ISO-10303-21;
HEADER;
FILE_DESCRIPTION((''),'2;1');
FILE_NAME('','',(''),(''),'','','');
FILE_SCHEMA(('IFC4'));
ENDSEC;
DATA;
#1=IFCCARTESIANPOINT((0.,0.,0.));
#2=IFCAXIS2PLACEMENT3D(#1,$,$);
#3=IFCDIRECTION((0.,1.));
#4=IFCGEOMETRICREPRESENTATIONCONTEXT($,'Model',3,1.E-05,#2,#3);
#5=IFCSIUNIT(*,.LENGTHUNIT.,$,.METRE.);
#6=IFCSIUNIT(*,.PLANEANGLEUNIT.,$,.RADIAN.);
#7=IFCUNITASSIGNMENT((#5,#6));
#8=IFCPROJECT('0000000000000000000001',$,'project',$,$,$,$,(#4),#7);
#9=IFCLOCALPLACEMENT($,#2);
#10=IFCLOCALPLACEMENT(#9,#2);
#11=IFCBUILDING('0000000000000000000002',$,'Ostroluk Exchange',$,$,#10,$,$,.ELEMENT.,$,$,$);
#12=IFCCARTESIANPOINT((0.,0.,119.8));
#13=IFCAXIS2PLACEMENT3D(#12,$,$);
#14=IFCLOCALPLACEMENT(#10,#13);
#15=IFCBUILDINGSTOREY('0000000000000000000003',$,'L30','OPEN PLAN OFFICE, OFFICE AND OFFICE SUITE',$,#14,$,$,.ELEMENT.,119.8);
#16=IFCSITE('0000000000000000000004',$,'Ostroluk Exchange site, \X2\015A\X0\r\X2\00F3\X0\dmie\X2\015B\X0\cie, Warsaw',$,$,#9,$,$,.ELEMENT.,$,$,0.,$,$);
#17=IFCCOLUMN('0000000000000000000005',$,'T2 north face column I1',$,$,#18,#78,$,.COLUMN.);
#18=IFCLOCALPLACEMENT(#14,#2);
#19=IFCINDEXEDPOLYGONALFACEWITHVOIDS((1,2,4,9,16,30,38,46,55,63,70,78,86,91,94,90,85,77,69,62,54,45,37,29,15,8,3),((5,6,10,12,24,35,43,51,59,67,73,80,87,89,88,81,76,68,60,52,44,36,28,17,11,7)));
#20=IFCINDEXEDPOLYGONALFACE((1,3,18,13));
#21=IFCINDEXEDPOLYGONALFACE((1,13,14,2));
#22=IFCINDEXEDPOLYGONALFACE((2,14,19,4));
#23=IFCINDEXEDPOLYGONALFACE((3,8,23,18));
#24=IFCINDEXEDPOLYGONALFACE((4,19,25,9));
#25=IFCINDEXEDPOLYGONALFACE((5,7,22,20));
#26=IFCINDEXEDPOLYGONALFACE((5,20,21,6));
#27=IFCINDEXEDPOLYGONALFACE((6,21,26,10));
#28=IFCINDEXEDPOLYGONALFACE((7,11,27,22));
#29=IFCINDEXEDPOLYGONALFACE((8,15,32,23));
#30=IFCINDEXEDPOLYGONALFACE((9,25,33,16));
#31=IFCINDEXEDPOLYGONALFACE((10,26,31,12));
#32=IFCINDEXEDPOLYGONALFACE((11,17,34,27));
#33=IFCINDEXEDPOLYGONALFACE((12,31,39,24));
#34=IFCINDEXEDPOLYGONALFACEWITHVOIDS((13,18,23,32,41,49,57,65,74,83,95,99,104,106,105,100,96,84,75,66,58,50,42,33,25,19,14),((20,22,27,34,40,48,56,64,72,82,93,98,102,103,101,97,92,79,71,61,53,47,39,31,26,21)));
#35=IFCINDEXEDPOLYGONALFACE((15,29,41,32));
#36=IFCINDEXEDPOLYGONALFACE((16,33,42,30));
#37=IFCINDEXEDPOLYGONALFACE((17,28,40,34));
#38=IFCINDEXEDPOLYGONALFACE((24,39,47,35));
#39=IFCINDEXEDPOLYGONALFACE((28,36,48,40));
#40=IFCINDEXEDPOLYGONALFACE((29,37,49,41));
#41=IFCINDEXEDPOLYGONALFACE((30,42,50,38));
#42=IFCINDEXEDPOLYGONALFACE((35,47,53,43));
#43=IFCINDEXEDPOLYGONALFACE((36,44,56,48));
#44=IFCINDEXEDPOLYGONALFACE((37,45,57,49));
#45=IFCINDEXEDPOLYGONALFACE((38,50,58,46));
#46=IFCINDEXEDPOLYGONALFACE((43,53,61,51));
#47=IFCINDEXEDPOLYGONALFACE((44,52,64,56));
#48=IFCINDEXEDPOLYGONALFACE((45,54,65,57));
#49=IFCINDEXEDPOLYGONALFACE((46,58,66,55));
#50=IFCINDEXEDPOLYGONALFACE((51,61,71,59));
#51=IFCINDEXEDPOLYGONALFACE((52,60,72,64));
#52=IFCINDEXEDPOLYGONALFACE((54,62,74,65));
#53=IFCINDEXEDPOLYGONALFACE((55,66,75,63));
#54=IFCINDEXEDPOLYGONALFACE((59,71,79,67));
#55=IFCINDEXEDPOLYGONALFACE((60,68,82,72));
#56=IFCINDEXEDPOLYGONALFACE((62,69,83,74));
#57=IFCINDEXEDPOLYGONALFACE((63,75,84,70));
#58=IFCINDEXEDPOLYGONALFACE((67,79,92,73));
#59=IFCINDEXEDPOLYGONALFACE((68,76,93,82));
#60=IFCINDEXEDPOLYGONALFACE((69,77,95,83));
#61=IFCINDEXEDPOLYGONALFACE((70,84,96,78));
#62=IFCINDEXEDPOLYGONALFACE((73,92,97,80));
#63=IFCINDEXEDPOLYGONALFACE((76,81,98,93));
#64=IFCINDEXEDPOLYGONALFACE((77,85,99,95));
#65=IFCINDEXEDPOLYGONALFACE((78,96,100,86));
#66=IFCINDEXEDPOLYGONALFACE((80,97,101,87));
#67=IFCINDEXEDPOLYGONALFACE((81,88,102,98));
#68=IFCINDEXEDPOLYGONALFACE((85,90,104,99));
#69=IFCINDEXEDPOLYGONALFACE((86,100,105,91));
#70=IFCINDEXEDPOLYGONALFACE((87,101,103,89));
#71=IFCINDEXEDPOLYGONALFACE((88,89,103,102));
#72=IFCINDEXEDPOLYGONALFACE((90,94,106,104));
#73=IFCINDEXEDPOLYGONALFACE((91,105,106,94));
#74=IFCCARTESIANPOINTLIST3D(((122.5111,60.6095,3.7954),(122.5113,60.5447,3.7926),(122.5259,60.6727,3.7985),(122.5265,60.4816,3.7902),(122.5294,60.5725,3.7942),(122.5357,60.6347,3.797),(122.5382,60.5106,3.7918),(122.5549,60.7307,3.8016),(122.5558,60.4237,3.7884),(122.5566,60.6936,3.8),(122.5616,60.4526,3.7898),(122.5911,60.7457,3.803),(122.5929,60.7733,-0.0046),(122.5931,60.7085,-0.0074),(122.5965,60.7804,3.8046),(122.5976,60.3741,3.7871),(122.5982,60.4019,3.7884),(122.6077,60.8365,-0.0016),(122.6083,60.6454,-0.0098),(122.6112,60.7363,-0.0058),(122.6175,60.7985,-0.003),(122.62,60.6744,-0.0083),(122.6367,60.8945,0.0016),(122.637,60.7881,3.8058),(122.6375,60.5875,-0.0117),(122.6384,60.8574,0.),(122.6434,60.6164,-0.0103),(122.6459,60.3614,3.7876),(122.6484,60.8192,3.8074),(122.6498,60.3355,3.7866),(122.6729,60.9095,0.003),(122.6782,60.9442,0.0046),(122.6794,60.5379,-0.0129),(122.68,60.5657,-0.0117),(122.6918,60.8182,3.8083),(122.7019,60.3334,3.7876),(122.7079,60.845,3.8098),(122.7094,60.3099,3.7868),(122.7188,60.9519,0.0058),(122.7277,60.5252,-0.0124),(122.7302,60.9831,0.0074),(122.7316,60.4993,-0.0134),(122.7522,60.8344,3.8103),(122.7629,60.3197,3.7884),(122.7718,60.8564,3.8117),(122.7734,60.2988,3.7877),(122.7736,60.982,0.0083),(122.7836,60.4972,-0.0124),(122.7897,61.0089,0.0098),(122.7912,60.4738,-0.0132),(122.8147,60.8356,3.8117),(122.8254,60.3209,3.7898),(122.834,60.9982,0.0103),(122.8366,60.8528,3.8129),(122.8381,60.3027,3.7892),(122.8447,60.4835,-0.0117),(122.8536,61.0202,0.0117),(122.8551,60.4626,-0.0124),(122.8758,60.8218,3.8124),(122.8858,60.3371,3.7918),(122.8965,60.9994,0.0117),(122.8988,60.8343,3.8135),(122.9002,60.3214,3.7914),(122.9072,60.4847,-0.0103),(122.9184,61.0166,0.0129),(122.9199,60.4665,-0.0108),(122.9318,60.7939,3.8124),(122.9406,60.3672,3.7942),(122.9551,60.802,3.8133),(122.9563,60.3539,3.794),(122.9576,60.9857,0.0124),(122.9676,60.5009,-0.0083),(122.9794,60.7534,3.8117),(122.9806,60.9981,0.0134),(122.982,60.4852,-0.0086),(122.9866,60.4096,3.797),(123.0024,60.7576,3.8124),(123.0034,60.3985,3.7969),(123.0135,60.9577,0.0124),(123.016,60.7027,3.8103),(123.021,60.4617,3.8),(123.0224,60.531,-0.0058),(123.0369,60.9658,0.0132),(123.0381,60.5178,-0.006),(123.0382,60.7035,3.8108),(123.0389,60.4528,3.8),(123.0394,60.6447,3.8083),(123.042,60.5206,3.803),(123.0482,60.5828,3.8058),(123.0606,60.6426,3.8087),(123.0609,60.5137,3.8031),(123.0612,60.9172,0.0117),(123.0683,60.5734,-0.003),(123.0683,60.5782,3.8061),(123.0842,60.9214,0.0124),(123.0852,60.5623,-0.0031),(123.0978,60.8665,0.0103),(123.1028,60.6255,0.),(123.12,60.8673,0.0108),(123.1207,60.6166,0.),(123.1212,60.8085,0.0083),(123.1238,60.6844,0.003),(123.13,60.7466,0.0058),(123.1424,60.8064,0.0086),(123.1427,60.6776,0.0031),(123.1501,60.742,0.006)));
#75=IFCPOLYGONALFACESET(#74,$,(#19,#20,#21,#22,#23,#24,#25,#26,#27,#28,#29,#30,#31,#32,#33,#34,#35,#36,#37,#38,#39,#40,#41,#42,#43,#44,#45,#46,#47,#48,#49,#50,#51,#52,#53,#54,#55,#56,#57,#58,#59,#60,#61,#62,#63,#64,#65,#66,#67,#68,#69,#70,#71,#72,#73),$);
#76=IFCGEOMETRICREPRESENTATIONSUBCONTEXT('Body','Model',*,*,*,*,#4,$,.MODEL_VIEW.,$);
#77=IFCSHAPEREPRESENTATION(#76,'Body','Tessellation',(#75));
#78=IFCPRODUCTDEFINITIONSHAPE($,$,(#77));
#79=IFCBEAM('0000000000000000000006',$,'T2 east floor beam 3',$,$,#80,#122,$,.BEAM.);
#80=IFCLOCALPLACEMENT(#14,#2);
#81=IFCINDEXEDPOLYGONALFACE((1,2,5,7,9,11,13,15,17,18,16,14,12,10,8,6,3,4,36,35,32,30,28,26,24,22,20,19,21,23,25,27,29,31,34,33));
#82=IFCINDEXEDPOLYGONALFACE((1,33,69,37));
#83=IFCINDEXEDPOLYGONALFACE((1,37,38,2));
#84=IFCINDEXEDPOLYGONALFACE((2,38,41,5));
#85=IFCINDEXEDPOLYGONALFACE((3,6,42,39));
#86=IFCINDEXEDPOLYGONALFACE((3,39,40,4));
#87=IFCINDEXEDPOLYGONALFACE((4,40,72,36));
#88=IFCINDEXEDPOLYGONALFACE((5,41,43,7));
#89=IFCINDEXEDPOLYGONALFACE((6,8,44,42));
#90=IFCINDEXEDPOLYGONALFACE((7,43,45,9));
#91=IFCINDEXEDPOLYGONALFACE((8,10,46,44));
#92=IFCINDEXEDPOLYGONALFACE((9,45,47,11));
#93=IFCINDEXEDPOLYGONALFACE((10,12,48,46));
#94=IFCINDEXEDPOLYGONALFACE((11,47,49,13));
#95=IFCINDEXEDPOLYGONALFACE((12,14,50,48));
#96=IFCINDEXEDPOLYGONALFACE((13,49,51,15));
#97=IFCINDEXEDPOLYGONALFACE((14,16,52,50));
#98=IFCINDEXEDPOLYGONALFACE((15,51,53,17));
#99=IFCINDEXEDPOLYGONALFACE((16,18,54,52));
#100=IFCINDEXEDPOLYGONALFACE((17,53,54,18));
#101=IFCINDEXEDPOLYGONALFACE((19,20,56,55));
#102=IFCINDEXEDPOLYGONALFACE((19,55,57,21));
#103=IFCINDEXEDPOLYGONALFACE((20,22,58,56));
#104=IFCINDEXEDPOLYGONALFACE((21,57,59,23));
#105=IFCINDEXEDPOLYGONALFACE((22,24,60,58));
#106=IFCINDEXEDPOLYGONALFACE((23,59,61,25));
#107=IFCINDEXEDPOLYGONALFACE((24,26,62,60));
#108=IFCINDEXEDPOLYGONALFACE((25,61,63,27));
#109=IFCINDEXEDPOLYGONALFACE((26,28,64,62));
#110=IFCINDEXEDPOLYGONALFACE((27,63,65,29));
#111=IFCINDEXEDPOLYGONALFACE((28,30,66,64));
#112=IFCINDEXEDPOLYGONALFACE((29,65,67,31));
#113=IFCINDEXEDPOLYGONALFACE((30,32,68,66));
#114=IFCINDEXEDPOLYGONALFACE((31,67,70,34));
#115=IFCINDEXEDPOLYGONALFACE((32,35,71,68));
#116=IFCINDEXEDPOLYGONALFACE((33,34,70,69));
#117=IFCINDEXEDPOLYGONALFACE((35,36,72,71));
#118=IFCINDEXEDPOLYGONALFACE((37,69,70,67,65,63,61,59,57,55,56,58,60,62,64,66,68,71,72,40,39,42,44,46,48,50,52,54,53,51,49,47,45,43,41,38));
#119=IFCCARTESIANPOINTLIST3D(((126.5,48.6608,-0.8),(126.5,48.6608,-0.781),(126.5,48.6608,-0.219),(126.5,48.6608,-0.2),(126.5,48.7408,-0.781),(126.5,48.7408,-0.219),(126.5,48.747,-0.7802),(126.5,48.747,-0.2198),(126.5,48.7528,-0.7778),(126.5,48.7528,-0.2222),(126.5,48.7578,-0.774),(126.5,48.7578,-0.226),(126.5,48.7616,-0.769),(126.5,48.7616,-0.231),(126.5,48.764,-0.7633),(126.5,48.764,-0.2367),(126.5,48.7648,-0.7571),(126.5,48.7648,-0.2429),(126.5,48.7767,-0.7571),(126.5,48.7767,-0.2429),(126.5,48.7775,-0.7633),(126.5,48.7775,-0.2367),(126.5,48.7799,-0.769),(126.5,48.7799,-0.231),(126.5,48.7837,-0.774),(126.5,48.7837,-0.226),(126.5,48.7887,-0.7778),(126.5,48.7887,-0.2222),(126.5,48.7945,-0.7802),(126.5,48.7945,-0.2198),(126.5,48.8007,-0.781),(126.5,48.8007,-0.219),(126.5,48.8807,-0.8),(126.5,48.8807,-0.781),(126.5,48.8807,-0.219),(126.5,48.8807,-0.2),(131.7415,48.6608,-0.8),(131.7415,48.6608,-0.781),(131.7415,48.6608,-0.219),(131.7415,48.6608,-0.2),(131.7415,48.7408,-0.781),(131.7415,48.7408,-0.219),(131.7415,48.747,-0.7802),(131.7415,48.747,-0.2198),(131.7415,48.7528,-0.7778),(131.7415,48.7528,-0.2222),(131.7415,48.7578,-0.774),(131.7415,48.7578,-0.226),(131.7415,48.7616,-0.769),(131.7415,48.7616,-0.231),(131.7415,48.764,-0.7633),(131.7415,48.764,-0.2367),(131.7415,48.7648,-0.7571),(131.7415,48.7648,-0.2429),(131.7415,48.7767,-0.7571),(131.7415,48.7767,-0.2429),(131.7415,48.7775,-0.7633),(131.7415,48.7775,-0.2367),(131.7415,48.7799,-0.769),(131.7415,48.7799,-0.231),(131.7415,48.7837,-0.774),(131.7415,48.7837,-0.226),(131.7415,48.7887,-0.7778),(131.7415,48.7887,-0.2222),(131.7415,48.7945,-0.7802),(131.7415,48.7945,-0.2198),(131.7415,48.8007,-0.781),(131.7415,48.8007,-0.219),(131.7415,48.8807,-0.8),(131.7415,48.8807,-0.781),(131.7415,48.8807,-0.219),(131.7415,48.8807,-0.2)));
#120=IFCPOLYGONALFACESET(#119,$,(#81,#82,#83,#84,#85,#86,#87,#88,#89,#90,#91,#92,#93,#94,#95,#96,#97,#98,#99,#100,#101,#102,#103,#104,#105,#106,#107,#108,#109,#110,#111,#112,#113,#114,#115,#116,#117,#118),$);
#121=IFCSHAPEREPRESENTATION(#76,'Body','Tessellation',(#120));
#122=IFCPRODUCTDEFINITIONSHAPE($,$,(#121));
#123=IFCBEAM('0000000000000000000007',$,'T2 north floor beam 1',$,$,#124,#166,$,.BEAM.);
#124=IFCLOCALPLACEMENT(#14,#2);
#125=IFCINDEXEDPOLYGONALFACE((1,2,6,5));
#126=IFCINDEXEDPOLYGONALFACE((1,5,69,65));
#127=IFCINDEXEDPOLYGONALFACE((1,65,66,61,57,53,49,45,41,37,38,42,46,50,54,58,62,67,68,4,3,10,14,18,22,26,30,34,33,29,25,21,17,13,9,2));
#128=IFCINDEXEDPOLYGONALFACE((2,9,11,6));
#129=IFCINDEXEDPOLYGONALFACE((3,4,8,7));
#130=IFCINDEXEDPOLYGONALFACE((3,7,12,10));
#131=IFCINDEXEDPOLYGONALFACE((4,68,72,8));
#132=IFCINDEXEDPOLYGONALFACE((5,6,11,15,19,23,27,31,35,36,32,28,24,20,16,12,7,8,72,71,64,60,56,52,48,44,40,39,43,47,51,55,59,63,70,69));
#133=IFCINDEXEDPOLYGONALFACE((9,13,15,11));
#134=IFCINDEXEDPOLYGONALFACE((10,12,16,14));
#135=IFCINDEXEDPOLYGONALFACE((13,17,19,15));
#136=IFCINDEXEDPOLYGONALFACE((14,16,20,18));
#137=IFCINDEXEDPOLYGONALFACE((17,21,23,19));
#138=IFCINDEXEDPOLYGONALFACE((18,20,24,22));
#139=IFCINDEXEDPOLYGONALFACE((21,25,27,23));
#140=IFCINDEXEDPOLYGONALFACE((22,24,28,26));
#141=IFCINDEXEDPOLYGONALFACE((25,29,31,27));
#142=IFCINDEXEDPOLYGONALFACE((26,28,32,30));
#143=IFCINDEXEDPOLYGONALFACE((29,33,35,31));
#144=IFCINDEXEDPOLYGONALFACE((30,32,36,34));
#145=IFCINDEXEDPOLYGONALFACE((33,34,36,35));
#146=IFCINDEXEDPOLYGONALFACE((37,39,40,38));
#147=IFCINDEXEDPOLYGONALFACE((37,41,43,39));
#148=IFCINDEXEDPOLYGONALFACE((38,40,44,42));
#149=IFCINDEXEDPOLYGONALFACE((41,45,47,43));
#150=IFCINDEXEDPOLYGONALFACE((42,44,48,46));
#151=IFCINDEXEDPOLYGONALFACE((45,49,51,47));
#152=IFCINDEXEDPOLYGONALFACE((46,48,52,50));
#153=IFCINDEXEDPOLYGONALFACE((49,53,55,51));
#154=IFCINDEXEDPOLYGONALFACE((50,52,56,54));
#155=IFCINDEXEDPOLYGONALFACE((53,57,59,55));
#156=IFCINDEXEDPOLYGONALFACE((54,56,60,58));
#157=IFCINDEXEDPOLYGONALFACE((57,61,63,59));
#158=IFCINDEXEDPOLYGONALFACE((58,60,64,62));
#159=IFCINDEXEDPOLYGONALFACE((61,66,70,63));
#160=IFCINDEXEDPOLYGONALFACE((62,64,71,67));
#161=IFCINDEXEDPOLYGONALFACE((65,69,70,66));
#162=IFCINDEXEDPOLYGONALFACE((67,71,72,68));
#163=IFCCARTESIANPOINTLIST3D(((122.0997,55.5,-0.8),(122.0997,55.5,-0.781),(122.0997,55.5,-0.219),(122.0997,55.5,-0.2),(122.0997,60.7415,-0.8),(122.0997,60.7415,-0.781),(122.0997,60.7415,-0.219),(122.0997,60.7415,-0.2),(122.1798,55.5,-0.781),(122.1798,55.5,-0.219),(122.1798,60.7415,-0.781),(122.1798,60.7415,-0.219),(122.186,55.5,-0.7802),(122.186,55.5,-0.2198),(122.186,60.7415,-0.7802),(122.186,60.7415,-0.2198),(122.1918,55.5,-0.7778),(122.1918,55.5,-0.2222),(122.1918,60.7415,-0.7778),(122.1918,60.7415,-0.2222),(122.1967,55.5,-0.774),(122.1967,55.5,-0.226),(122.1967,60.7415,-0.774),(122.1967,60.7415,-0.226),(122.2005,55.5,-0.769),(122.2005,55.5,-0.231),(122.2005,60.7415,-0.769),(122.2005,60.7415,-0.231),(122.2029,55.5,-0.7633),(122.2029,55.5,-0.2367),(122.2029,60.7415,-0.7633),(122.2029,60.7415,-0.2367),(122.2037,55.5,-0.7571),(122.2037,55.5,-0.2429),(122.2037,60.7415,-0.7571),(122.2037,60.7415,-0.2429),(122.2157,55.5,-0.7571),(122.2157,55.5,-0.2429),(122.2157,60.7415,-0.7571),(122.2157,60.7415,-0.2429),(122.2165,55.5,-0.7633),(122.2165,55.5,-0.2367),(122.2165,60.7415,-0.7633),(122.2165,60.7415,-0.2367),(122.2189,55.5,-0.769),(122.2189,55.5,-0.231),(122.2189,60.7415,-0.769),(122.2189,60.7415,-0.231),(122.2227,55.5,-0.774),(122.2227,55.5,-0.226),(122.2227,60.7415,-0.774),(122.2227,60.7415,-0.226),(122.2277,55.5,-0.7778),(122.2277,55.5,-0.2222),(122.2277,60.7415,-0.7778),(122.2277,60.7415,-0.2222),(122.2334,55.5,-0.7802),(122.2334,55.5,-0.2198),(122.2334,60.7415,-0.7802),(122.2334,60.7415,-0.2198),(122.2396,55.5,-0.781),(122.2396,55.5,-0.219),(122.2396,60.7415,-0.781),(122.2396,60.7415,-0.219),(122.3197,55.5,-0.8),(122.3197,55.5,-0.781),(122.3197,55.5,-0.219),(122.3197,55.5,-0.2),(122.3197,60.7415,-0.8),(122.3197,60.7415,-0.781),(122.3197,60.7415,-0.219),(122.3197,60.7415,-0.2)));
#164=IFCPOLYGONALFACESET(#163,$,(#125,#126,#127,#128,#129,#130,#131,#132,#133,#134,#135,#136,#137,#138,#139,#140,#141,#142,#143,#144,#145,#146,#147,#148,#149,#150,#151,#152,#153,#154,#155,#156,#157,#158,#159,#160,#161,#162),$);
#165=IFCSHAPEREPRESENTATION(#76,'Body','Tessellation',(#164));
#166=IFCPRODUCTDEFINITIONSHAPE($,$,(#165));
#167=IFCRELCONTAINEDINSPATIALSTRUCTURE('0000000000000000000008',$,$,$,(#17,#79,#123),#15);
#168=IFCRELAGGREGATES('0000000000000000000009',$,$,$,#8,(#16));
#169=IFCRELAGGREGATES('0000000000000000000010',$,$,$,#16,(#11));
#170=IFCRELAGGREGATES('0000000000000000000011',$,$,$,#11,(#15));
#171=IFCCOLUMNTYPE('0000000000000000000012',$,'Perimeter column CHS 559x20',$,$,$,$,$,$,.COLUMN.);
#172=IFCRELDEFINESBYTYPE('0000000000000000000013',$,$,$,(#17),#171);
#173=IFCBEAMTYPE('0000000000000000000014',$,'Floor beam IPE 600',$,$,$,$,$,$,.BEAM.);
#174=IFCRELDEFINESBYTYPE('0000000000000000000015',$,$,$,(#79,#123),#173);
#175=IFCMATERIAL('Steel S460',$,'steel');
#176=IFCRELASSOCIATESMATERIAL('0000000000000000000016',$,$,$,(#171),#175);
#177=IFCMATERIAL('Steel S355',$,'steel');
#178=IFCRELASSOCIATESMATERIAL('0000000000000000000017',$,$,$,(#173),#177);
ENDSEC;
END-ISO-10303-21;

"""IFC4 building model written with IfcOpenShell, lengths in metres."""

from ifc_helpers import new_model, si_unit, direction, frame, origin, origin_2d, place, context, subcontext, project, spatial, hollow_circle, i_section, extrude, material, material_profile, profile_set, type_object, element, save


model = new_model("IFC4")

# Units and contexts
model_context = context("Model", 3, precision=1e-05, world=origin(), true_north=direction((0.0, 1.0)))
body_context = subcontext(model_context, "Body", "Model", "MODEL_VIEW")
ifc_project = project(units=[si_unit("LENGTHUNIT", "METRE"), si_unit("PLANEANGLEUNIT", "RADIAN")], contexts=[model_context])

# Site, building, storey
site_placement = place(None, origin())
site = spatial("IfcSite", under=ifc_project, at=site_placement, Name="Ostroluk Exchange site, Śródmieście, Warsaw", CompositionType="ELEMENT", RefElevation=0.0)
building_placement = place(site_placement, origin())
building = spatial("IfcBuilding", under=site, at=building_placement, Name="Ostroluk Exchange", CompositionType="ELEMENT")
storey_placement = place(building_placement, frame((0.0, 0.0, 119.8)))
storey = spatial("IfcBuildingStorey", under=building, at=storey_placement, Name="L30", Description="OPEN PLAN OFFICE, OFFICE AND OFFICE SUITE", CompositionType="ELEMENT", Elevation=119.8)

# Column
ifc_material_1 = material(Name="Steel S460", Category="steel")
ifc_material_profile_1 = material_profile(ifc_material_1, hollow_circle(Radius=0.2795, WallThickness=0.02, at=origin_2d()), Name="CHS 559x20")
ifc_profile_set_1 = profile_set([ifc_material_profile_1], Name="Steel S460")
column_type = type_object("IfcColumnType", Name="Perimeter column CHS 559x20", PredefinedType="COLUMN", material=ifc_profile_set_1)
column_placement = place(storey_placement, frame((122.8706, 60.7415, 0.0), z_axis=(-0.021498, -0.04306, 0.998841), x_axis=(0.894694, -0.44668, 0.0)))
element("IfcColumn", 1, at=column_placement, inside=storey, type_object=column_type, Name="T2 north face column I1", PredefinedType="COLUMN", context=body_context, shape_type="SweptSolid", body=[
    extrude(hollow_circle(Radius=0.2795, WallThickness=0.02, at=origin_2d()), origin(), (0.0, 0.0, 1.0), 3.8044),
])

# Beams
ifc_material_2 = material(Name="Steel S355", Category="steel")
ifc_material_profile_2 = material_profile(ifc_material_2, i_section(OverallWidth=0.22, OverallDepth=0.6001, WebThickness=0.012, FlangeThickness=0.019, FilletRadius=0.0239, at=origin_2d()), Name="IPE 600")
ifc_profile_set_2 = profile_set([ifc_material_profile_2], Name="Steel S355")
beam_type_1 = type_object("IfcBeamType", Name="Floor beam IPE 600", PredefinedType="BEAM", material=ifc_profile_set_2)
for number, where, z_axis, x_axis, name in (
    (2, (126.5, 48.7708, -0.5), (1.0, 0.0, 0.0), (0.0, 1.0, 0.0), "T2 east floor beam 3"),
    (3, (122.2097, 55.5, -0.5), (0.0, 1.0, 0.0), (-1.0, 0.0, 0.0), "T2 north floor beam 1"),
):
    element("IfcBeam", number, at=place(storey_placement, frame(where, z_axis=z_axis, x_axis=x_axis)), inside=storey, type_object=beam_type_1, Name=name, PredefinedType="BEAM", context=body_context, shape_type="SweptSolid", body=[
        extrude(i_section(OverallWidth=0.22, OverallDepth=0.6001, WebThickness=0.012, FlangeThickness=0.019, FilletRadius=0.0239, at=origin_2d()), origin(), (0.0, 0.0, 1.0), 5.2415),
    ])

save(model, "model.ifc")
